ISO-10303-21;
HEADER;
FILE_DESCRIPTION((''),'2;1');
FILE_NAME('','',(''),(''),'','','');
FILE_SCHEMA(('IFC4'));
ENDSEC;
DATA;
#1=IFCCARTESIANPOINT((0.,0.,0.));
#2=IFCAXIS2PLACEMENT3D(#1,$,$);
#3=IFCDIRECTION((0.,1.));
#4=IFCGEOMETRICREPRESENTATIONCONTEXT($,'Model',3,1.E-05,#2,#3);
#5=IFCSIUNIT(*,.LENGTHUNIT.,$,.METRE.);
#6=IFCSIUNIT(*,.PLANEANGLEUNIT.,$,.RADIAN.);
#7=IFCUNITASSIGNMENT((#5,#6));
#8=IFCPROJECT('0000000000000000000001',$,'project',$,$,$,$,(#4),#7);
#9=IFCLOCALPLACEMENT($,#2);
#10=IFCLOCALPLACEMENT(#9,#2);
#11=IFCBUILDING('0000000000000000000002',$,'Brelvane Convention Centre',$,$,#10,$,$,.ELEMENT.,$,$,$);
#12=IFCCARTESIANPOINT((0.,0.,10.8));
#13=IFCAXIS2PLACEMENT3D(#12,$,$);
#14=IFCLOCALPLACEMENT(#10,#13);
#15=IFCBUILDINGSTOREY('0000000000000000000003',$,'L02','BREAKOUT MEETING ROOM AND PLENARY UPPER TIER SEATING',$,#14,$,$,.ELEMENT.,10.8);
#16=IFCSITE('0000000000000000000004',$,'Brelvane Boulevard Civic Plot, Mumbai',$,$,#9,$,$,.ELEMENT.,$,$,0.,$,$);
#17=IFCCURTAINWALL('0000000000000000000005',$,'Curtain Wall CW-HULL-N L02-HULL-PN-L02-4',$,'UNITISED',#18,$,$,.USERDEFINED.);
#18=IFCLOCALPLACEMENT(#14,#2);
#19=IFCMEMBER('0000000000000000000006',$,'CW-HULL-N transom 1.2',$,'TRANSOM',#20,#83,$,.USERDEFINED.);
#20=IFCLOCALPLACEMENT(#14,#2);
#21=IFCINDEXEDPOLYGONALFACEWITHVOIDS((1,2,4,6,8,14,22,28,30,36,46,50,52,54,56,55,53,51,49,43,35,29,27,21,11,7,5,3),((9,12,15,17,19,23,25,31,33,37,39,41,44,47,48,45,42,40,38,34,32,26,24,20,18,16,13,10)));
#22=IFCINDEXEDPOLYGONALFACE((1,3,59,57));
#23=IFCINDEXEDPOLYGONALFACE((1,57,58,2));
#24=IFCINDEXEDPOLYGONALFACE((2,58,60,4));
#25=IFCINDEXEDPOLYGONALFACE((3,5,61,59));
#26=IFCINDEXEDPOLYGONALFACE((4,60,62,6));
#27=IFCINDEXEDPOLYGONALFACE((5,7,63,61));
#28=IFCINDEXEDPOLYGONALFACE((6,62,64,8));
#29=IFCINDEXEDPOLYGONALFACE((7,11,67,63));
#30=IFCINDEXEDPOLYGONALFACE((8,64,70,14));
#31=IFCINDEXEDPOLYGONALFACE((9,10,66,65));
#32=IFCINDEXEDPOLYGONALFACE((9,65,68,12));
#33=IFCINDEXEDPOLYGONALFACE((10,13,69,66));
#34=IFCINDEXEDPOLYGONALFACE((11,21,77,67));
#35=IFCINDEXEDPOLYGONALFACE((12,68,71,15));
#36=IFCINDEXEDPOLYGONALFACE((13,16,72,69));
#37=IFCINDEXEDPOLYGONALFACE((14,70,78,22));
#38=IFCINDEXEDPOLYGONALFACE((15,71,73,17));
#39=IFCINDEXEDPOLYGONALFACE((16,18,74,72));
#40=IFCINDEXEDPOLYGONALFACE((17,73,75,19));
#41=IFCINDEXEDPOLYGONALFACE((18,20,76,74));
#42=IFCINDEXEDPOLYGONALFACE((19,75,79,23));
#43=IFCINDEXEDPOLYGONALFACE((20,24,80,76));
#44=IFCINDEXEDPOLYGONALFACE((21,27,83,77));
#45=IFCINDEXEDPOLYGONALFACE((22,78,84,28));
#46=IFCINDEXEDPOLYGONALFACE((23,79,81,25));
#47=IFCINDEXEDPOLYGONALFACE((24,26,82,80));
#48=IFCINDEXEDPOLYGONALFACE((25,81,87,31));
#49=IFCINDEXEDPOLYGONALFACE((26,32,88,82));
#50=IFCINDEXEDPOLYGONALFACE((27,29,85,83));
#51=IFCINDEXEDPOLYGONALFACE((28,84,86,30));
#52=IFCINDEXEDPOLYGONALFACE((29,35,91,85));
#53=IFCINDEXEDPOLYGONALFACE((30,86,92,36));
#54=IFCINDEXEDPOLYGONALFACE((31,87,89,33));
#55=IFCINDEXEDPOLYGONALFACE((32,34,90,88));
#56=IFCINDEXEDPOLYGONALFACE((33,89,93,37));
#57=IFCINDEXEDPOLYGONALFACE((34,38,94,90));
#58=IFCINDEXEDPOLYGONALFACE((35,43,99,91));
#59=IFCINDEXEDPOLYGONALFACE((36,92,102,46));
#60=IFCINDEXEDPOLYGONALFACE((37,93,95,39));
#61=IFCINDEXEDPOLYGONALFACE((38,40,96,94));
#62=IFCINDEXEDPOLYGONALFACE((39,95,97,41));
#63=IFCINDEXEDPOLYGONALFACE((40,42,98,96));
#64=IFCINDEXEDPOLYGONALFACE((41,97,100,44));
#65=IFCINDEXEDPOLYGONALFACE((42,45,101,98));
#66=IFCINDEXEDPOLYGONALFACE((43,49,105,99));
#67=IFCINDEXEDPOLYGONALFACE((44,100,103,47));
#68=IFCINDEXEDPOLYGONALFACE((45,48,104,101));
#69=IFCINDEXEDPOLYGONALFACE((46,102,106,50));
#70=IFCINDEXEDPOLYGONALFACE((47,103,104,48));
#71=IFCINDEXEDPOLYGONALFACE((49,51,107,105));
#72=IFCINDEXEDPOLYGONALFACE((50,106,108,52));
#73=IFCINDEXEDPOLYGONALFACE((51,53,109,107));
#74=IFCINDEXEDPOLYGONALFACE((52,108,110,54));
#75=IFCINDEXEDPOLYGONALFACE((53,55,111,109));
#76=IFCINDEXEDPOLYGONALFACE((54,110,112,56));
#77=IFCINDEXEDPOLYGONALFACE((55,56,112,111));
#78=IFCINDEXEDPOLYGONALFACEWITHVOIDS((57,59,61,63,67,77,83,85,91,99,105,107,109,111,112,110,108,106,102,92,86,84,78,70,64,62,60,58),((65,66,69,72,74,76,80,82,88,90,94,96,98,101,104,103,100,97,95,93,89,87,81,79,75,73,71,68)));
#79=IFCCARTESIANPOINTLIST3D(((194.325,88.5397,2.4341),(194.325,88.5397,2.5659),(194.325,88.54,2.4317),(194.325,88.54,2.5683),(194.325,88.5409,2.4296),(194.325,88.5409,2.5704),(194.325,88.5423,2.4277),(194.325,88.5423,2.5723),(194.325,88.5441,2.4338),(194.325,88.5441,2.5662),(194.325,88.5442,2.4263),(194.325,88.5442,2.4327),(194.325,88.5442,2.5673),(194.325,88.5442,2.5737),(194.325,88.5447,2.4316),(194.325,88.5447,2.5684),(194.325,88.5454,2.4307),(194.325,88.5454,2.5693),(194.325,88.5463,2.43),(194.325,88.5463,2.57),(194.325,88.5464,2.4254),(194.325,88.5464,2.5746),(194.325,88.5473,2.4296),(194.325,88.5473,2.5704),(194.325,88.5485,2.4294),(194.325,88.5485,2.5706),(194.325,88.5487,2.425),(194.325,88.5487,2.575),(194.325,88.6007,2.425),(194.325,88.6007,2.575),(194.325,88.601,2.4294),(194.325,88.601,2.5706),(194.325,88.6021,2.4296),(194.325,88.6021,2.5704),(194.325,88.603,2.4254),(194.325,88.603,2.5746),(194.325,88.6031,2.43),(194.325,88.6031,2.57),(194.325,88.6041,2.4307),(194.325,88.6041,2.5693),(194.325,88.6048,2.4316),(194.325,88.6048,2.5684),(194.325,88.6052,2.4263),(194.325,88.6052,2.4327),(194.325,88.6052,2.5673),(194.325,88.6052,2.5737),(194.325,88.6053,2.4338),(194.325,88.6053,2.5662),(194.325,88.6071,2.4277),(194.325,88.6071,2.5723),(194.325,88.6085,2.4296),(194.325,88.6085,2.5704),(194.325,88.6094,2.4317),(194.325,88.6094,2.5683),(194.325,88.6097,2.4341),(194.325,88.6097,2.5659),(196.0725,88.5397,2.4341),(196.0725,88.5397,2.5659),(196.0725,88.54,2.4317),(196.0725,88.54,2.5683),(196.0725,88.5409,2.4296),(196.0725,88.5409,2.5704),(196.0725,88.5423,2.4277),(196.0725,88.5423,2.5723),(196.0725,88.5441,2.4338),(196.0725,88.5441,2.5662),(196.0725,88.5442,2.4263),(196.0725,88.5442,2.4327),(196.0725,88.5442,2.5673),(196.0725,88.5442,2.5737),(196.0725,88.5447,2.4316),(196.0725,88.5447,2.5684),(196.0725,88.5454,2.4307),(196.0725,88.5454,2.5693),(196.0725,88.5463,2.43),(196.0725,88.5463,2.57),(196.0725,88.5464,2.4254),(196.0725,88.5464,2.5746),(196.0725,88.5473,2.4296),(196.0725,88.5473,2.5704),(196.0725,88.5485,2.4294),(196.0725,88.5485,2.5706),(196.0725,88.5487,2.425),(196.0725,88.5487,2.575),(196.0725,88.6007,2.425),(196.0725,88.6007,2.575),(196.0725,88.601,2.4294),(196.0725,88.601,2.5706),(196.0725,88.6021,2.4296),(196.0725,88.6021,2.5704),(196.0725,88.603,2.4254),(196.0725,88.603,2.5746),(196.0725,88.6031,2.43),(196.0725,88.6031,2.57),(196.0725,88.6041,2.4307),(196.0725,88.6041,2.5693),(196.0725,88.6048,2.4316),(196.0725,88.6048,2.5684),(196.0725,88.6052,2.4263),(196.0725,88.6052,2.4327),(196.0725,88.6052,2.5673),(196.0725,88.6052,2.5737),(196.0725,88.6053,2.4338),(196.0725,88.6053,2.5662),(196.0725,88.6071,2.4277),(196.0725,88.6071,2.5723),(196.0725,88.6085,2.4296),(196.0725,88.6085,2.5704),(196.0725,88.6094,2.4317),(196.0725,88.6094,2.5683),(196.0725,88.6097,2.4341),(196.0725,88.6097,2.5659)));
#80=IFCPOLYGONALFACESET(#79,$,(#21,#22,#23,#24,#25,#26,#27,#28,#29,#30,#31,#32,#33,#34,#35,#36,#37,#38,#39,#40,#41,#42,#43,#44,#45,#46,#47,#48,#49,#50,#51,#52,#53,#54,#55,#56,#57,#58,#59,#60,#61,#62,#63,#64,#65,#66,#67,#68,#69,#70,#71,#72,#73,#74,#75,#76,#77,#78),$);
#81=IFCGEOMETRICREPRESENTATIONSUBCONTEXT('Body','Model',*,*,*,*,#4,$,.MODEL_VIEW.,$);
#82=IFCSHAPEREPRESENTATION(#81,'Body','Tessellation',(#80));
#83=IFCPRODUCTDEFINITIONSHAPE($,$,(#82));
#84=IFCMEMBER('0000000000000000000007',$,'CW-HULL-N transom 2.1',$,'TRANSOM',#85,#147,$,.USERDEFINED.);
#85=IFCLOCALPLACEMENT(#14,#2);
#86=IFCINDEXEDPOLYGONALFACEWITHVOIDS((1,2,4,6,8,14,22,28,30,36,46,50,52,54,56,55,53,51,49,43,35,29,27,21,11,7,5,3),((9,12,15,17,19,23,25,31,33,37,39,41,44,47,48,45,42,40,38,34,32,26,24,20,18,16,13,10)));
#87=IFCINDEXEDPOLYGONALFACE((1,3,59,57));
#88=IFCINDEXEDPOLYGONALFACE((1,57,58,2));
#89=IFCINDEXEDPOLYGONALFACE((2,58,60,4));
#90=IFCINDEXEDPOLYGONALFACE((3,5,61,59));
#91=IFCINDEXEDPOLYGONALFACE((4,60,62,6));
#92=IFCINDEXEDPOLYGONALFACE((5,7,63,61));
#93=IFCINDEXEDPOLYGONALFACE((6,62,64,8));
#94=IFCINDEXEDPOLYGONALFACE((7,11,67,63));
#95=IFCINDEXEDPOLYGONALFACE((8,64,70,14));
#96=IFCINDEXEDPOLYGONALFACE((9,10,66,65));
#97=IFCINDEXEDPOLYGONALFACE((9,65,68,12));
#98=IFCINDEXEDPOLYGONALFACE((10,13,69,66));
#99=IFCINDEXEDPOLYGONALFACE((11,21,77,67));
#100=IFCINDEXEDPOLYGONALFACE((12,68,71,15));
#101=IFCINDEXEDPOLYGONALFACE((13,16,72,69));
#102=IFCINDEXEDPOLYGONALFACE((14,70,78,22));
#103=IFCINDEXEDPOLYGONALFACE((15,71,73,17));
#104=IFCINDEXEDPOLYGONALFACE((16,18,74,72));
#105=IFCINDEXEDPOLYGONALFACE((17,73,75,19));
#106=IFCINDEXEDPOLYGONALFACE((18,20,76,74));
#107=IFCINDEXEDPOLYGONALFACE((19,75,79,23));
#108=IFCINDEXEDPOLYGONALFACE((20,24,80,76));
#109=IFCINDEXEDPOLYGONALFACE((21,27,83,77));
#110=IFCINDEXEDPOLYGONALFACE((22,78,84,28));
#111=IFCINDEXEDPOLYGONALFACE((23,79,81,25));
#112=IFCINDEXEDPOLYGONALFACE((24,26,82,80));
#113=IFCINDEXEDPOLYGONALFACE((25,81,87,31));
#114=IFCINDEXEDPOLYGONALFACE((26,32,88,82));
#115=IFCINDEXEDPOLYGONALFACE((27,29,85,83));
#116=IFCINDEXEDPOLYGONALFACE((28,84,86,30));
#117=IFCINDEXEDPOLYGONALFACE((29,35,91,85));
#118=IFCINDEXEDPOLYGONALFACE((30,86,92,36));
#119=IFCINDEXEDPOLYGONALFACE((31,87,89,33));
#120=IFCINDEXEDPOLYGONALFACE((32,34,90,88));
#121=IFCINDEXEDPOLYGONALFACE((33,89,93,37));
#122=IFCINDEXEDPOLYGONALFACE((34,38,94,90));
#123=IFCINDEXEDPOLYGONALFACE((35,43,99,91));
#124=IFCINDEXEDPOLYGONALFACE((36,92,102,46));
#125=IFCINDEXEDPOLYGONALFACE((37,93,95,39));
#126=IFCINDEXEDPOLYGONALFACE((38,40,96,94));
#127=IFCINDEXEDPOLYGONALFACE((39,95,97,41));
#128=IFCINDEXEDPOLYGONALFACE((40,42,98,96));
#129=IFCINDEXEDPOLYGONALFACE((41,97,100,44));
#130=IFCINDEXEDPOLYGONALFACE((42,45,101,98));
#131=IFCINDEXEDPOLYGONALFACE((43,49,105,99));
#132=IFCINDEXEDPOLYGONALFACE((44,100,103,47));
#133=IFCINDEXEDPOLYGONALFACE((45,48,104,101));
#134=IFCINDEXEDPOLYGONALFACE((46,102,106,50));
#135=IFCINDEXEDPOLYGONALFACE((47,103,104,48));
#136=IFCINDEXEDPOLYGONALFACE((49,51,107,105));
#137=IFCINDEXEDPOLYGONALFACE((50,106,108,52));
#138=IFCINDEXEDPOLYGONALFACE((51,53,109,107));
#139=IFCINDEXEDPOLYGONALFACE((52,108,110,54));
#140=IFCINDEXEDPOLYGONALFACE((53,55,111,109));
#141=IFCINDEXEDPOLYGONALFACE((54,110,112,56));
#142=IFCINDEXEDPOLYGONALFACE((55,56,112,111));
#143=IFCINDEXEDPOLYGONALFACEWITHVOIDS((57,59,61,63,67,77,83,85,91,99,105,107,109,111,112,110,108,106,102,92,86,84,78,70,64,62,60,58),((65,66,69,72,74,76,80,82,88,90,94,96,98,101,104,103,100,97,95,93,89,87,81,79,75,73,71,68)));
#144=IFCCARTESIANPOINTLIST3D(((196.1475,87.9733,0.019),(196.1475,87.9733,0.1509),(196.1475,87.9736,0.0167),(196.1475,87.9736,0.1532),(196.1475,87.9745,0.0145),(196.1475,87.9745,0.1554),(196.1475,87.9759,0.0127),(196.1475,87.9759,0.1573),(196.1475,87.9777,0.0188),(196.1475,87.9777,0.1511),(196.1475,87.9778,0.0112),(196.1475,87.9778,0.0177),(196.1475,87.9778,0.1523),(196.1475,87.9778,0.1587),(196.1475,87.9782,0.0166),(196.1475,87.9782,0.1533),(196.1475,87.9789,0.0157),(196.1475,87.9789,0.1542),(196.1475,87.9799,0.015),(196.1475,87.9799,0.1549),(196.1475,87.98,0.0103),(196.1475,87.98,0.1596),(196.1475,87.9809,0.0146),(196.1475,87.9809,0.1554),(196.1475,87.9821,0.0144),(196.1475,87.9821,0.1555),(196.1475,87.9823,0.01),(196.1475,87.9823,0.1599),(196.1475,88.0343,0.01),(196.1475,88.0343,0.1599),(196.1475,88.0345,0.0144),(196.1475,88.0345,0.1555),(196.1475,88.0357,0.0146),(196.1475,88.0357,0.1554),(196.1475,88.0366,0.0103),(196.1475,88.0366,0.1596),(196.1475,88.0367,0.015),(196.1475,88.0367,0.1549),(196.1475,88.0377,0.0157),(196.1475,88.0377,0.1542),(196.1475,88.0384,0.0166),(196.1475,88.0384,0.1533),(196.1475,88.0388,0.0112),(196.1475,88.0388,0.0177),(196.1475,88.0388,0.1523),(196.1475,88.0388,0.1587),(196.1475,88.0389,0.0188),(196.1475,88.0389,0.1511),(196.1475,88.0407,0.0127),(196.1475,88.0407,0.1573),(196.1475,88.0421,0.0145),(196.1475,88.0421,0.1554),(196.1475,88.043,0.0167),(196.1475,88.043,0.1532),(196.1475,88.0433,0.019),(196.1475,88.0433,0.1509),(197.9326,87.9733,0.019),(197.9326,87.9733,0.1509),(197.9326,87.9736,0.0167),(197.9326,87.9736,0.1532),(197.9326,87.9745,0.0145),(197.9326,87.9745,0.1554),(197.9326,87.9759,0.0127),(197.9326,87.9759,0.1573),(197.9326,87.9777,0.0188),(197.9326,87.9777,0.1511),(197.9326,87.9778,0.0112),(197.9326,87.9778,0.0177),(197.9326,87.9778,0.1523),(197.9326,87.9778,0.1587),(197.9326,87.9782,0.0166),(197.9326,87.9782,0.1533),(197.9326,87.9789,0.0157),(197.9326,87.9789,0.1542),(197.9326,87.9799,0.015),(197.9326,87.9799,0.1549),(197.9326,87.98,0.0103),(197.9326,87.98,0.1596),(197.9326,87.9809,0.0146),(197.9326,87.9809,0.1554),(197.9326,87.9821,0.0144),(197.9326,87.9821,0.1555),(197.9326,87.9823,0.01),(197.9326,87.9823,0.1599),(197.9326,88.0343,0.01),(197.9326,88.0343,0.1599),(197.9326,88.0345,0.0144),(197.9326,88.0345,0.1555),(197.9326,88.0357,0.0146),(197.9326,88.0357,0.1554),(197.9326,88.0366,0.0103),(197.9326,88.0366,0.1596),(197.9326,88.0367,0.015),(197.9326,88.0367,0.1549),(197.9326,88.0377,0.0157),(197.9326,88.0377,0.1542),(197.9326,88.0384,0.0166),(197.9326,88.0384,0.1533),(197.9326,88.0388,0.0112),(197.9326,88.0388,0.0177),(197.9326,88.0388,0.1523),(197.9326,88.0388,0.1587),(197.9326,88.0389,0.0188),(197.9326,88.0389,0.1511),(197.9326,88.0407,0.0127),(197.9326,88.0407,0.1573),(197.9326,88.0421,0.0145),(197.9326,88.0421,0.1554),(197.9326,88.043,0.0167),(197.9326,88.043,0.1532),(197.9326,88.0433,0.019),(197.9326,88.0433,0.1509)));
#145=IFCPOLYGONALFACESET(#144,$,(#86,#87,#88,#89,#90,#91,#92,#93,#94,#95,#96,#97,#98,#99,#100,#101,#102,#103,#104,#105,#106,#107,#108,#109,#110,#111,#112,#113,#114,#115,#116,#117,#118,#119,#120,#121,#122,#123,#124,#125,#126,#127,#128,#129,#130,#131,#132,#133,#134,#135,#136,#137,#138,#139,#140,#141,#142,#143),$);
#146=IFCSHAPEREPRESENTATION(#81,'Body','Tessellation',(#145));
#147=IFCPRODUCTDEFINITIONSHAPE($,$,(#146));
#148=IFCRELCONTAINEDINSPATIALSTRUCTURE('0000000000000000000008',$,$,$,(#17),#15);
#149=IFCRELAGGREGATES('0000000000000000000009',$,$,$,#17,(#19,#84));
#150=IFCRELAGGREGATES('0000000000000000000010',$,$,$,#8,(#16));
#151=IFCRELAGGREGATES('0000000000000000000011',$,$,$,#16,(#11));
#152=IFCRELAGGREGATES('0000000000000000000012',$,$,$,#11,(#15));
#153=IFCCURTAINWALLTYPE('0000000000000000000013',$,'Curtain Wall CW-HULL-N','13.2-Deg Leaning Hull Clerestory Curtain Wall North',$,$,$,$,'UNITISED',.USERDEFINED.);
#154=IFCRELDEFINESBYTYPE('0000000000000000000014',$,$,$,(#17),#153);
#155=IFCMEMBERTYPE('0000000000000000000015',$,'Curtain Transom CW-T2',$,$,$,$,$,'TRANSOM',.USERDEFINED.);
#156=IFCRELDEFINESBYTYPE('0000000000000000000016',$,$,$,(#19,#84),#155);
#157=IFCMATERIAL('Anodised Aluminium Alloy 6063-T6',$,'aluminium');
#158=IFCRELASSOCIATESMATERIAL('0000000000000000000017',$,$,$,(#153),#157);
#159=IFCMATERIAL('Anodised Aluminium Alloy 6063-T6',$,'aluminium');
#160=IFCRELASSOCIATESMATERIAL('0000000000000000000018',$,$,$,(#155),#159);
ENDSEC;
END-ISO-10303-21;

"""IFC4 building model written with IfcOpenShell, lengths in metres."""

from ifc_helpers import new_model, si_unit, direction, frame, origin, origin_2d, place, context, subcontext, project, spatial, hollow_rectangle, extrude, material, material_profile, profile_set, type_object, element, aggregate, save


model = new_model("IFC4")

# Units and contexts
model_context = context("Model", 3, precision=1e-05, world=origin(), true_north=direction((0.0, 1.0)))
body_context = subcontext(model_context, "Body", "Model", "MODEL_VIEW")
ifc_project = project(units=[si_unit("LENGTHUNIT", "METRE"), si_unit("PLANEANGLEUNIT", "RADIAN")], contexts=[model_context])

# Site, building, storey
site_placement = place(None, origin())
site = spatial("IfcSite", under=ifc_project, at=site_placement, Name="Brelvane Boulevard Civic Plot, Mumbai", CompositionType="ELEMENT", RefElevation=0.0)
building_placement = place(site_placement, origin())
building = spatial("IfcBuilding", under=site, at=building_placement, Name="Brelvane Convention Centre", CompositionType="ELEMENT")
storey_placement = place(building_placement, frame((0.0, 0.0, 10.8)))
storey = spatial("IfcBuildingStorey", under=building, at=storey_placement, Name="L02", Description="BREAKOUT MEETING ROOM AND PLENARY UPPER TIER SEATING", CompositionType="ELEMENT", Elevation=10.8)

# Curtain wall
ifc_material_1 = material(Name="Anodised Aluminium Alloy 6063-T6", Category="aluminium")
curtain_wall_type = type_object("IfcCurtainWallType", Name="Curtain Wall CW-HULL-N", Description="13.2-Deg Leaning Hull Clerestory Curtain Wall North", ElementType="UNITISED", PredefinedType="USERDEFINED", material=ifc_material_1)
curtain_wall_1_placement = place(storey_placement, origin())
curtain_wall_1 = element("IfcCurtainWall", 1, at=curtain_wall_1_placement, inside=storey, type_object=curtain_wall_type, Name="Curtain Wall CW-HULL-N L02-HULL-PN-L02-4", ObjectType="UNITISED", PredefinedType="USERDEFINED")

# Members
ifc_material_2 = material(Name="Anodised Aluminium Alloy 6063-T6", Category="aluminium")
ifc_material_profile_1 = material_profile(ifc_material_2, hollow_rectangle(XDim=0.0701, YDim=0.1499, WallThickness=0.0044, InnerFilletRadius=0.0044, OuterFilletRadius=0.009, at=origin_2d()), Name="ALU-T 150x70x4.5")
ifc_profile_set_1 = profile_set([ifc_material_profile_1], Name="Anodised Aluminium Alloy 6063-T6")
member_type_1 = type_object("IfcMemberType", Name="Curtain Transom CW-T2", ElementType="TRANSOM", PredefinedType="USERDEFINED", material=ifc_profile_set_1)
member_1_placement = place(storey_placement, frame((194.325, 88.5747, 2.5), z_axis=(1.0, 0.0, 0.0), x_axis=(0.0, 1.0, 0.0)))
member_1 = element("IfcMember", 2, at=member_1_placement, type_object=member_type_1, Name="CW-HULL-N transom 1.2", ObjectType="TRANSOM", PredefinedType="USERDEFINED", context=body_context, shape_type="SweptSolid", body=[
    extrude(hollow_rectangle(XDim=0.0701, YDim=0.1499, WallThickness=0.0044, InnerFilletRadius=0.0044, OuterFilletRadius=0.009, at=origin_2d()), origin(), (0.0, 0.0, 1.0), 1.7476),
])
member_2_placement = place(storey_placement, frame((196.1475, 88.0083, 0.085), z_axis=(1.0, 0.0, 0.0), x_axis=(0.0, 1.0, 0.0)))
member_2 = element("IfcMember", 3, at=member_2_placement, type_object=member_type_1, Name="CW-HULL-N transom 2.1", ObjectType="TRANSOM", PredefinedType="USERDEFINED", context=body_context, shape_type="SweptSolid", body=[
    extrude(hollow_rectangle(XDim=0.0701, YDim=0.1499, WallThickness=0.0044, InnerFilletRadius=0.0044, OuterFilletRadius=0.009, at=origin_2d()), origin(), (0.0, 0.0, 1.0), 1.7852),
])

aggregate(curtain_wall_1, [member_1, member_2])

save(model, "model.ifc")
